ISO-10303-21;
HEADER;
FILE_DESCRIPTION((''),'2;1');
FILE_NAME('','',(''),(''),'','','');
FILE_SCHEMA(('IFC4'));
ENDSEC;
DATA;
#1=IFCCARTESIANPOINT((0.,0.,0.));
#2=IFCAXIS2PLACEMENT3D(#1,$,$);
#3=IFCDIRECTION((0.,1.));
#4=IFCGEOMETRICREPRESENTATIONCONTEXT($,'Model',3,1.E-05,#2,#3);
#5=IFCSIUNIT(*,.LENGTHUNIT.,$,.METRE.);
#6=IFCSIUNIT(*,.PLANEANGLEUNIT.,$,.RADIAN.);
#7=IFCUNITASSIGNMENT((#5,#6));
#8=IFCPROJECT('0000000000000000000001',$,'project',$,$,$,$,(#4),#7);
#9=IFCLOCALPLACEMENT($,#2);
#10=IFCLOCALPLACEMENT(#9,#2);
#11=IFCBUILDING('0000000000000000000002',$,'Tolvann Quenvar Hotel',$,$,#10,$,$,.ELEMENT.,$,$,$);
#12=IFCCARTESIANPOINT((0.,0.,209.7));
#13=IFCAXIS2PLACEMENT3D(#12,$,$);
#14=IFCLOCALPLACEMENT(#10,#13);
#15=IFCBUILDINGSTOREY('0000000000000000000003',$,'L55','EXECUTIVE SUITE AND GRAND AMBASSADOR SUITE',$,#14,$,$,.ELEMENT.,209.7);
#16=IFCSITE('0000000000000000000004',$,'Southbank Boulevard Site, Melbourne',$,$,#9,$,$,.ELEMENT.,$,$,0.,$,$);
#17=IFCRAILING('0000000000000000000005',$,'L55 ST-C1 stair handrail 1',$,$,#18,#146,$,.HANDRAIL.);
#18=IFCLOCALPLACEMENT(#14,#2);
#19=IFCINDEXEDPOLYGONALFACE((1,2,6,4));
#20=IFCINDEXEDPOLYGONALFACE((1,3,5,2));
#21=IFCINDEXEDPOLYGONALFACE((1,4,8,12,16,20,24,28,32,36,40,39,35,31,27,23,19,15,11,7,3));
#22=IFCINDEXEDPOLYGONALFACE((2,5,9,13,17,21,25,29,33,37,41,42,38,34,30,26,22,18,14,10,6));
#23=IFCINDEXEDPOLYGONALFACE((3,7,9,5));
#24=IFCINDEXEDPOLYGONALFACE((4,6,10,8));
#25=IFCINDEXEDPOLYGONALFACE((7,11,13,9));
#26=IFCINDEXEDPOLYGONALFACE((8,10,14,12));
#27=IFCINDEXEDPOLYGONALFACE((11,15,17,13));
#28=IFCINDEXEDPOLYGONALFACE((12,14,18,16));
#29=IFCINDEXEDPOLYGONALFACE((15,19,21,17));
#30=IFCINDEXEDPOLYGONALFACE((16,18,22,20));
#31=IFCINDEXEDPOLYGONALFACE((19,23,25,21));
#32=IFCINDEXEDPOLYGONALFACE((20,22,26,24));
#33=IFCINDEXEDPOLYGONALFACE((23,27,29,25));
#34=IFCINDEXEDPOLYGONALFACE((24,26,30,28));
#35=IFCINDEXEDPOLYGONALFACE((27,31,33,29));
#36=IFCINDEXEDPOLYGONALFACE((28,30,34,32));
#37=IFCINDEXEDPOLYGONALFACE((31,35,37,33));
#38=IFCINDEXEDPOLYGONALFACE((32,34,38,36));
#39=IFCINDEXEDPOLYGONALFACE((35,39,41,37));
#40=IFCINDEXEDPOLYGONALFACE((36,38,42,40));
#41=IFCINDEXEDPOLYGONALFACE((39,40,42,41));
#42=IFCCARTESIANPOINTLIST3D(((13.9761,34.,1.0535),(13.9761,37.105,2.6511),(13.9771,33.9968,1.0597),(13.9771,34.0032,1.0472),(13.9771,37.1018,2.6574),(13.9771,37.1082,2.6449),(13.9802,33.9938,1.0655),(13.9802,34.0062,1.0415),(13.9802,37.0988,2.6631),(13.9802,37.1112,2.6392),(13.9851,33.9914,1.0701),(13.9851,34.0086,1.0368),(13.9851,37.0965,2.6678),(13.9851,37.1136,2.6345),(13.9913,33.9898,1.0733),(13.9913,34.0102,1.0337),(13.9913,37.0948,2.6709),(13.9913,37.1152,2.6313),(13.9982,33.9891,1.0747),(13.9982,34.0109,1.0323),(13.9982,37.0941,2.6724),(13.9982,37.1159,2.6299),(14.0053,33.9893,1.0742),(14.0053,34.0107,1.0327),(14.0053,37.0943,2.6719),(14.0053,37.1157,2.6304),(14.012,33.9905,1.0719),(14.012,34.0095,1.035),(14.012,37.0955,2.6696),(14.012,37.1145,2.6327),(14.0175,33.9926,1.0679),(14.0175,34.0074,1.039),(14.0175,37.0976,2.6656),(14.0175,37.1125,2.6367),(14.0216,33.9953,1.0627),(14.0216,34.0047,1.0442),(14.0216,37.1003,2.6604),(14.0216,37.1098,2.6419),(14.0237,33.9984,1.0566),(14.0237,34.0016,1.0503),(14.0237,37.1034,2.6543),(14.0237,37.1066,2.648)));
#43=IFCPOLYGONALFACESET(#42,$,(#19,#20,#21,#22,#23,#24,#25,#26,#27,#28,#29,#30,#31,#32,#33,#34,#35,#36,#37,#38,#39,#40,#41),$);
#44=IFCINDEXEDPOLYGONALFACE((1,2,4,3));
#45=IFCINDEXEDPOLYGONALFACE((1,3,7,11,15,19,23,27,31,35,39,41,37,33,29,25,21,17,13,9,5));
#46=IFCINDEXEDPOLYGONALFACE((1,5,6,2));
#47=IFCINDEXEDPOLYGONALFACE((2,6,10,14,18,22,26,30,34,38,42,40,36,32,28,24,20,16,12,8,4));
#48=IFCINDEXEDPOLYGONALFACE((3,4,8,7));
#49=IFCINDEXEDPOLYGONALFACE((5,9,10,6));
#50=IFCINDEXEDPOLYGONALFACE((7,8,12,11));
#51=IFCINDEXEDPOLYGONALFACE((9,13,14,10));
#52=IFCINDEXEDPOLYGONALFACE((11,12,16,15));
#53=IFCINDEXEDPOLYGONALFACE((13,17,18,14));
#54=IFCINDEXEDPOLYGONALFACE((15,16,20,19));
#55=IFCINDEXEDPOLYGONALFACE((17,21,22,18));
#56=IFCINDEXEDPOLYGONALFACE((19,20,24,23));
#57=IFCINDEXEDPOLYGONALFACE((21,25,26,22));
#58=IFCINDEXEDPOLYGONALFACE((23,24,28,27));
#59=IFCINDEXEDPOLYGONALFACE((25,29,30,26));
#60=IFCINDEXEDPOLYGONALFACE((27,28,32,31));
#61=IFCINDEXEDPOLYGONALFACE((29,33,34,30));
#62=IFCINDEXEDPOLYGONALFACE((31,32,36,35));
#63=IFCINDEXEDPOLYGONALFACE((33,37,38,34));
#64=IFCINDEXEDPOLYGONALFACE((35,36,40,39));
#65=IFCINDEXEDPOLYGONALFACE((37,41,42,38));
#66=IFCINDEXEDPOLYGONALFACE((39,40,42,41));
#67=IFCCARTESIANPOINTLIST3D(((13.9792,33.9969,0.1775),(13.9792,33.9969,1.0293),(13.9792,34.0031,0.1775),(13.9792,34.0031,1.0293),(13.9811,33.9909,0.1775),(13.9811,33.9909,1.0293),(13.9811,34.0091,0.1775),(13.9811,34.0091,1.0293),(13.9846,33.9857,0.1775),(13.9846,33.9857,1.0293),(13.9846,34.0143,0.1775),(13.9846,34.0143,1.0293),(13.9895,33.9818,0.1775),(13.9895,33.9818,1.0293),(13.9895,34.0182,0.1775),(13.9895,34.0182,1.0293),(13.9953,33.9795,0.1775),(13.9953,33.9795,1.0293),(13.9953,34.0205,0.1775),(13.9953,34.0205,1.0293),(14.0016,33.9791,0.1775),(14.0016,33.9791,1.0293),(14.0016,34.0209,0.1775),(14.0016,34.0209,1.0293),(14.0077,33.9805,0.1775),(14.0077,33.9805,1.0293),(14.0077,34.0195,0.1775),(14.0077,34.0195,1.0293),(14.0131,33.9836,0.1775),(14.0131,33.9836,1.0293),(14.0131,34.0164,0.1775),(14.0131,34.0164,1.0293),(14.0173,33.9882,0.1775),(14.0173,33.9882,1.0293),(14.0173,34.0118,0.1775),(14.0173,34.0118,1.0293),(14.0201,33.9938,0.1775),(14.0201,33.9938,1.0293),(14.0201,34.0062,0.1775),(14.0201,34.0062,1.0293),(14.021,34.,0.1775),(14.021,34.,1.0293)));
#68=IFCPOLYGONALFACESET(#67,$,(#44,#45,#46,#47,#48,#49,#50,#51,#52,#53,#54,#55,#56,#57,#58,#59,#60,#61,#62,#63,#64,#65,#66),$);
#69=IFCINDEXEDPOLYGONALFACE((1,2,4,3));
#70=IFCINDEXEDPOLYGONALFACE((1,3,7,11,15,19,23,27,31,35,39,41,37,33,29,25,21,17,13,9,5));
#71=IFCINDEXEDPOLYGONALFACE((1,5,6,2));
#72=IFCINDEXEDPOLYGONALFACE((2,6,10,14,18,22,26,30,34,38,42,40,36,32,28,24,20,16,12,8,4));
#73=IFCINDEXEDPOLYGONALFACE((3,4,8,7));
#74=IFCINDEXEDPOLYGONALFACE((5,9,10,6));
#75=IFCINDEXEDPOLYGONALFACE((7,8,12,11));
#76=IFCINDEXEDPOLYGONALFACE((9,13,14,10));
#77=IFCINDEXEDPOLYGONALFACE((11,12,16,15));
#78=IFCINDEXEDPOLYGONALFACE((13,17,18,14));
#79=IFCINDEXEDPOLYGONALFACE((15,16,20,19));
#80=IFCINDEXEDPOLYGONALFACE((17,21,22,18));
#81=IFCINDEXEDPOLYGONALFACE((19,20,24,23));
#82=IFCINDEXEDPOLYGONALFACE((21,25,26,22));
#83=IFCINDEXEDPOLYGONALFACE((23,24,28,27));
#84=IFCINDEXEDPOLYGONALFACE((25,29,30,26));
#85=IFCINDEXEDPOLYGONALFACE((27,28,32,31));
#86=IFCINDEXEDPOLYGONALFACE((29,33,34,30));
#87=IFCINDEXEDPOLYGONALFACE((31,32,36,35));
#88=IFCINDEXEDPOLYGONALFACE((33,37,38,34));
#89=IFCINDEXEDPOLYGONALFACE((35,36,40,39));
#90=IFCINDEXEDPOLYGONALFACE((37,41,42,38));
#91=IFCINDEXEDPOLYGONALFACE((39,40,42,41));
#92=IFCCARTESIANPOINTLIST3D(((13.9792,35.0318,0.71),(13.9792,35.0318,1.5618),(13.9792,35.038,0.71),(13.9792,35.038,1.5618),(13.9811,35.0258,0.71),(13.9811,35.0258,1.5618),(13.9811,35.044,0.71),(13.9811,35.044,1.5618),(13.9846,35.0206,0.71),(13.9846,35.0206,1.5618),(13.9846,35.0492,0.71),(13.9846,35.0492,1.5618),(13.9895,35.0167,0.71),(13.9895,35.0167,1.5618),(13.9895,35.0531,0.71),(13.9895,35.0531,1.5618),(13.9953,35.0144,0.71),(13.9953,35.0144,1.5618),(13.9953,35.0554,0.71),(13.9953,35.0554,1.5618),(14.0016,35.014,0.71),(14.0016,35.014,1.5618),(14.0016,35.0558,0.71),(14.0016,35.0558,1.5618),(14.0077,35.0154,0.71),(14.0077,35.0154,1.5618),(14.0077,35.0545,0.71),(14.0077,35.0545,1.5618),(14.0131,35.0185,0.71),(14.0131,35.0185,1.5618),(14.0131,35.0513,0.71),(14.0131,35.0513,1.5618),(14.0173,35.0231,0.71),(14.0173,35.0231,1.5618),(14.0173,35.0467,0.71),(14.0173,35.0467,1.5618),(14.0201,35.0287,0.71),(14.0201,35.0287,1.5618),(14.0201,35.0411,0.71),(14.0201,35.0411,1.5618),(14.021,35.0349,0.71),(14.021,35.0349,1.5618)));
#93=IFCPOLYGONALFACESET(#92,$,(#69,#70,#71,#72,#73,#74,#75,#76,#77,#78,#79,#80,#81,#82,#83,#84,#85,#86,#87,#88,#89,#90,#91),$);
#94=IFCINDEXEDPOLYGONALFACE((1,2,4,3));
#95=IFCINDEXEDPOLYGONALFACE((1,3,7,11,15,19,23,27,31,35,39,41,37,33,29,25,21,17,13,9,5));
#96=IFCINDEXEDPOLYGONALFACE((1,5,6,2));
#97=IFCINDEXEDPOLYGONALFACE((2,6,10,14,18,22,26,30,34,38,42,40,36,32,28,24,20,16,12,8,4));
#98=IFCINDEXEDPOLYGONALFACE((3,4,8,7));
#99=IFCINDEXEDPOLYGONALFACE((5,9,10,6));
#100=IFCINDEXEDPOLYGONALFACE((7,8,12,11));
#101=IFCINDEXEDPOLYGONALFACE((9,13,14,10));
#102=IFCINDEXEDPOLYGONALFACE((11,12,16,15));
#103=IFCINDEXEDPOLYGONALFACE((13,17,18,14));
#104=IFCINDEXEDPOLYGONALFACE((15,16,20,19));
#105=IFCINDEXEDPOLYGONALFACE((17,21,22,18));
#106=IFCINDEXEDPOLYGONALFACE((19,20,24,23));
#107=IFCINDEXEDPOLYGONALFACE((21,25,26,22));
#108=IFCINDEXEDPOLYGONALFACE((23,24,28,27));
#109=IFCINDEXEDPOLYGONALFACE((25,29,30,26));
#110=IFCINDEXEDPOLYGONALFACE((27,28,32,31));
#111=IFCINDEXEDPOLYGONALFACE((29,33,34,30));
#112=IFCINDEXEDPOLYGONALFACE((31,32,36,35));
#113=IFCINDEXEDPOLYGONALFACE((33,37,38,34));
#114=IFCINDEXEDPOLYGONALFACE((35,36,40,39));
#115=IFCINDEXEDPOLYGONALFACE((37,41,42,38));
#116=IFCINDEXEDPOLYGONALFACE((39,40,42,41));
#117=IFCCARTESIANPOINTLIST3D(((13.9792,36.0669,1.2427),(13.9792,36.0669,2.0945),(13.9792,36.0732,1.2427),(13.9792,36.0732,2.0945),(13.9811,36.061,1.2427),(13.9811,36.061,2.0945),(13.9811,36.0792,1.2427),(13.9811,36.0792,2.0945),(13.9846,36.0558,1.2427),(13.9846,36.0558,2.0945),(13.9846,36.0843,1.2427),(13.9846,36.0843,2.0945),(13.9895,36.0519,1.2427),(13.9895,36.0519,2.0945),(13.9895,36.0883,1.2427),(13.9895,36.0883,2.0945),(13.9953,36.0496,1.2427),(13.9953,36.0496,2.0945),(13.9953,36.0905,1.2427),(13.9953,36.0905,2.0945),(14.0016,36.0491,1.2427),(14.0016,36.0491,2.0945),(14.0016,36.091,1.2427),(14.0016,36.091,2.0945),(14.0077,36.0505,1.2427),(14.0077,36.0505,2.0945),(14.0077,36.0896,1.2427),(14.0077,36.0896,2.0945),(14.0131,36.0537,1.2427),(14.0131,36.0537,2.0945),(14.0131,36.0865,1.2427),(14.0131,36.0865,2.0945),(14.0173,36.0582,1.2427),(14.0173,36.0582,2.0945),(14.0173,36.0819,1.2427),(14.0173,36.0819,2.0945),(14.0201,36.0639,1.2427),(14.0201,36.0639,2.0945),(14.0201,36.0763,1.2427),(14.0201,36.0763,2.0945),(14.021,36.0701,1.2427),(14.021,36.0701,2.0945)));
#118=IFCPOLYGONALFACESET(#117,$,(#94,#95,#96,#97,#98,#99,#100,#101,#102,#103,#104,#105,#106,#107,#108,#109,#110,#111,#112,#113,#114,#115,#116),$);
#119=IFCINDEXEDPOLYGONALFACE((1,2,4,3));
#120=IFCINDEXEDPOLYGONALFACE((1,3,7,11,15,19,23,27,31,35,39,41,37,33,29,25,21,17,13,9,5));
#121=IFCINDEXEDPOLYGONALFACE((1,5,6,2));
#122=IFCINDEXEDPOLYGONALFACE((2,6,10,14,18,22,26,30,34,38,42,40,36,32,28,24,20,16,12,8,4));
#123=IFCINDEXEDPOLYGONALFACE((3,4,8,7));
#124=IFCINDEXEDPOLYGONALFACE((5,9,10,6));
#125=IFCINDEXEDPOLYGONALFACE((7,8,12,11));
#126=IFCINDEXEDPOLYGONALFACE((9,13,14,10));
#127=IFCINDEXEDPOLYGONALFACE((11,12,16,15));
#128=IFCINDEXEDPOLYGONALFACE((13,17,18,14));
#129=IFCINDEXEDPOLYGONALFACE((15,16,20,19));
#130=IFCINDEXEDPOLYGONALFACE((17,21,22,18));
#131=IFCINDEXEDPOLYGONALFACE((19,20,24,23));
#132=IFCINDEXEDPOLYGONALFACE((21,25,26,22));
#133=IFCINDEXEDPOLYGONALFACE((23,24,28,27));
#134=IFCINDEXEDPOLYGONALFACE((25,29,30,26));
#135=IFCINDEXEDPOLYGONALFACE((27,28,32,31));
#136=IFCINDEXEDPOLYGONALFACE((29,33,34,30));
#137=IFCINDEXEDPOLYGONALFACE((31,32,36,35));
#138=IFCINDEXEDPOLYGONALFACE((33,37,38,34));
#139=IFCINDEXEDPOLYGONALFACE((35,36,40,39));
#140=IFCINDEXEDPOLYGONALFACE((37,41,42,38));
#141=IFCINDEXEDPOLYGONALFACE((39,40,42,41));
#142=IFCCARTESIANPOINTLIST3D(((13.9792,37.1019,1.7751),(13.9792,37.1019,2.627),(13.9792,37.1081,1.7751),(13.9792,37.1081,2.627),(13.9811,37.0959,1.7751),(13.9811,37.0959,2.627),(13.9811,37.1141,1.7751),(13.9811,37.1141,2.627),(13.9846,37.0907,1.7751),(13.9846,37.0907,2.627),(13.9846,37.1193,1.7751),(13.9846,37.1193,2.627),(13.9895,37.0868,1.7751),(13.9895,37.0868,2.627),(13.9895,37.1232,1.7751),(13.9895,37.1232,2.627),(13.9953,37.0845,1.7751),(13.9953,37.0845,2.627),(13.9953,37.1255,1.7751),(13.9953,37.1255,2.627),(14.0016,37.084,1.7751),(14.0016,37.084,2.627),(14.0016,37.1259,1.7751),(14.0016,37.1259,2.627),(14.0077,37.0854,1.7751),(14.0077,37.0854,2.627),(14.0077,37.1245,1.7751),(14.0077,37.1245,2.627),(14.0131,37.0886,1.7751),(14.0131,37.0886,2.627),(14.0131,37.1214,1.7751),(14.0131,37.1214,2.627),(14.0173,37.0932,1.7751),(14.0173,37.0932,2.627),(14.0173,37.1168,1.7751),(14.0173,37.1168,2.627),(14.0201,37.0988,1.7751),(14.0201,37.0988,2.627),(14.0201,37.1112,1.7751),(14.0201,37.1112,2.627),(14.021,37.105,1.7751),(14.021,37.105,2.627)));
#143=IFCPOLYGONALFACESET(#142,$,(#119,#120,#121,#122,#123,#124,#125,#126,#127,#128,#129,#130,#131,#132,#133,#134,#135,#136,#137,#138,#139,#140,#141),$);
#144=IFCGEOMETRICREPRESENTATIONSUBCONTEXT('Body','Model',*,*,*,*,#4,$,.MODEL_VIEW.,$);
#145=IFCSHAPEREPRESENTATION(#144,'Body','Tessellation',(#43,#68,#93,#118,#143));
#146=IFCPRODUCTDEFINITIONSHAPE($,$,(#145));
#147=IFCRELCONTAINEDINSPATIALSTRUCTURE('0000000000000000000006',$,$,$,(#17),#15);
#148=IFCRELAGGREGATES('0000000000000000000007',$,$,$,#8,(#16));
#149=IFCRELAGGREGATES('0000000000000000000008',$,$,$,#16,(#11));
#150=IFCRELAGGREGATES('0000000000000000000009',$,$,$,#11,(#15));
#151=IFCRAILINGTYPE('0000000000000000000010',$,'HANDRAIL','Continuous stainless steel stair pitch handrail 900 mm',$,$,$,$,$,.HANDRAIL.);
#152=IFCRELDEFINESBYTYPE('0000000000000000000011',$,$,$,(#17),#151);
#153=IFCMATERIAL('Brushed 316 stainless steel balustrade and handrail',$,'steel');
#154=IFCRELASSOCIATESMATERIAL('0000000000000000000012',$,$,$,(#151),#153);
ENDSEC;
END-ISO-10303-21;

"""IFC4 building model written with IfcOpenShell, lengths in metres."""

from ifc_helpers import new_model, si_unit, direction, frame, origin, origin_2d, place, context, subcontext, project, spatial, circle, extrude, material, type_object, element, save


model = new_model("IFC4")

# Units and contexts
model_context = context("Model", 3, precision=1e-05, world=origin(), true_north=direction((0.0, 1.0)))
body_context = subcontext(model_context, "Body", "Model", "MODEL_VIEW")
ifc_project = project(units=[si_unit("LENGTHUNIT", "METRE"), si_unit("PLANEANGLEUNIT", "RADIAN")], contexts=[model_context])

# Site, building, storey
site_placement = place(None, origin())
site = spatial("IfcSite", under=ifc_project, at=site_placement, Name="Southbank Boulevard Site, Melbourne", CompositionType="ELEMENT", RefElevation=0.0)
building_placement = place(site_placement, origin())
building = spatial("IfcBuilding", under=site, at=building_placement, Name="Tolvann Quenvar Hotel", CompositionType="ELEMENT")
storey_placement = place(building_placement, frame((0.0, 0.0, 209.7)))
storey = spatial("IfcBuildingStorey", under=building, at=storey_placement, Name="L55", Description="EXECUTIVE SUITE AND GRAND AMBASSADOR SUITE", CompositionType="ELEMENT", Elevation=209.7)

# Railing
ifc_material_1 = material(Name="Brushed 316 stainless steel balustrade and handrail", Category="steel")
railing_type_1 = type_object("IfcRailingType", Name="HANDRAIL", Description="Continuous stainless steel stair pitch handrail 900 mm", PredefinedType="HANDRAIL", material=ifc_material_1)
railing_1_placement = place(storey_placement, frame((14.0, 34.0, 0.1775)))
element("IfcRailing", 1, at=railing_1_placement, inside=storey, type_object=railing_type_1, Name="L55 ST-C1 stair handrail 1", PredefinedType="HANDRAIL", context=body_context, shape_type="SweptSolid", body=[
    extrude(circle(Radius=0.0239, at=origin_2d()), frame((0.0, 0.0, 0.876), z_axis=(0.0, 0.889194, 0.457531), x_axis=(-1.0, 0.0, 0.0)), (0.0, 0.0, 1.0), 3.4919),
    extrude(circle(Radius=0.021, at=origin_2d()), origin(), (0.0, 0.0, 1.0), 0.8518),
    extrude(circle(Radius=0.021, at=origin_2d()), frame((0.0, 1.0349, 0.5325)), (0.0, 0.0, 1.0), 0.8518),
    extrude(circle(Radius=0.021, at=origin_2d()), frame((0.0, 2.0701, 1.0652)), (0.0, 0.0, 1.0), 0.8518),
    extrude(circle(Radius=0.021, at=origin_2d()), frame((0.0, 3.105, 1.5977)), (0.0, 0.0, 1.0), 0.8518),
])

save(model, "model.ifc")
